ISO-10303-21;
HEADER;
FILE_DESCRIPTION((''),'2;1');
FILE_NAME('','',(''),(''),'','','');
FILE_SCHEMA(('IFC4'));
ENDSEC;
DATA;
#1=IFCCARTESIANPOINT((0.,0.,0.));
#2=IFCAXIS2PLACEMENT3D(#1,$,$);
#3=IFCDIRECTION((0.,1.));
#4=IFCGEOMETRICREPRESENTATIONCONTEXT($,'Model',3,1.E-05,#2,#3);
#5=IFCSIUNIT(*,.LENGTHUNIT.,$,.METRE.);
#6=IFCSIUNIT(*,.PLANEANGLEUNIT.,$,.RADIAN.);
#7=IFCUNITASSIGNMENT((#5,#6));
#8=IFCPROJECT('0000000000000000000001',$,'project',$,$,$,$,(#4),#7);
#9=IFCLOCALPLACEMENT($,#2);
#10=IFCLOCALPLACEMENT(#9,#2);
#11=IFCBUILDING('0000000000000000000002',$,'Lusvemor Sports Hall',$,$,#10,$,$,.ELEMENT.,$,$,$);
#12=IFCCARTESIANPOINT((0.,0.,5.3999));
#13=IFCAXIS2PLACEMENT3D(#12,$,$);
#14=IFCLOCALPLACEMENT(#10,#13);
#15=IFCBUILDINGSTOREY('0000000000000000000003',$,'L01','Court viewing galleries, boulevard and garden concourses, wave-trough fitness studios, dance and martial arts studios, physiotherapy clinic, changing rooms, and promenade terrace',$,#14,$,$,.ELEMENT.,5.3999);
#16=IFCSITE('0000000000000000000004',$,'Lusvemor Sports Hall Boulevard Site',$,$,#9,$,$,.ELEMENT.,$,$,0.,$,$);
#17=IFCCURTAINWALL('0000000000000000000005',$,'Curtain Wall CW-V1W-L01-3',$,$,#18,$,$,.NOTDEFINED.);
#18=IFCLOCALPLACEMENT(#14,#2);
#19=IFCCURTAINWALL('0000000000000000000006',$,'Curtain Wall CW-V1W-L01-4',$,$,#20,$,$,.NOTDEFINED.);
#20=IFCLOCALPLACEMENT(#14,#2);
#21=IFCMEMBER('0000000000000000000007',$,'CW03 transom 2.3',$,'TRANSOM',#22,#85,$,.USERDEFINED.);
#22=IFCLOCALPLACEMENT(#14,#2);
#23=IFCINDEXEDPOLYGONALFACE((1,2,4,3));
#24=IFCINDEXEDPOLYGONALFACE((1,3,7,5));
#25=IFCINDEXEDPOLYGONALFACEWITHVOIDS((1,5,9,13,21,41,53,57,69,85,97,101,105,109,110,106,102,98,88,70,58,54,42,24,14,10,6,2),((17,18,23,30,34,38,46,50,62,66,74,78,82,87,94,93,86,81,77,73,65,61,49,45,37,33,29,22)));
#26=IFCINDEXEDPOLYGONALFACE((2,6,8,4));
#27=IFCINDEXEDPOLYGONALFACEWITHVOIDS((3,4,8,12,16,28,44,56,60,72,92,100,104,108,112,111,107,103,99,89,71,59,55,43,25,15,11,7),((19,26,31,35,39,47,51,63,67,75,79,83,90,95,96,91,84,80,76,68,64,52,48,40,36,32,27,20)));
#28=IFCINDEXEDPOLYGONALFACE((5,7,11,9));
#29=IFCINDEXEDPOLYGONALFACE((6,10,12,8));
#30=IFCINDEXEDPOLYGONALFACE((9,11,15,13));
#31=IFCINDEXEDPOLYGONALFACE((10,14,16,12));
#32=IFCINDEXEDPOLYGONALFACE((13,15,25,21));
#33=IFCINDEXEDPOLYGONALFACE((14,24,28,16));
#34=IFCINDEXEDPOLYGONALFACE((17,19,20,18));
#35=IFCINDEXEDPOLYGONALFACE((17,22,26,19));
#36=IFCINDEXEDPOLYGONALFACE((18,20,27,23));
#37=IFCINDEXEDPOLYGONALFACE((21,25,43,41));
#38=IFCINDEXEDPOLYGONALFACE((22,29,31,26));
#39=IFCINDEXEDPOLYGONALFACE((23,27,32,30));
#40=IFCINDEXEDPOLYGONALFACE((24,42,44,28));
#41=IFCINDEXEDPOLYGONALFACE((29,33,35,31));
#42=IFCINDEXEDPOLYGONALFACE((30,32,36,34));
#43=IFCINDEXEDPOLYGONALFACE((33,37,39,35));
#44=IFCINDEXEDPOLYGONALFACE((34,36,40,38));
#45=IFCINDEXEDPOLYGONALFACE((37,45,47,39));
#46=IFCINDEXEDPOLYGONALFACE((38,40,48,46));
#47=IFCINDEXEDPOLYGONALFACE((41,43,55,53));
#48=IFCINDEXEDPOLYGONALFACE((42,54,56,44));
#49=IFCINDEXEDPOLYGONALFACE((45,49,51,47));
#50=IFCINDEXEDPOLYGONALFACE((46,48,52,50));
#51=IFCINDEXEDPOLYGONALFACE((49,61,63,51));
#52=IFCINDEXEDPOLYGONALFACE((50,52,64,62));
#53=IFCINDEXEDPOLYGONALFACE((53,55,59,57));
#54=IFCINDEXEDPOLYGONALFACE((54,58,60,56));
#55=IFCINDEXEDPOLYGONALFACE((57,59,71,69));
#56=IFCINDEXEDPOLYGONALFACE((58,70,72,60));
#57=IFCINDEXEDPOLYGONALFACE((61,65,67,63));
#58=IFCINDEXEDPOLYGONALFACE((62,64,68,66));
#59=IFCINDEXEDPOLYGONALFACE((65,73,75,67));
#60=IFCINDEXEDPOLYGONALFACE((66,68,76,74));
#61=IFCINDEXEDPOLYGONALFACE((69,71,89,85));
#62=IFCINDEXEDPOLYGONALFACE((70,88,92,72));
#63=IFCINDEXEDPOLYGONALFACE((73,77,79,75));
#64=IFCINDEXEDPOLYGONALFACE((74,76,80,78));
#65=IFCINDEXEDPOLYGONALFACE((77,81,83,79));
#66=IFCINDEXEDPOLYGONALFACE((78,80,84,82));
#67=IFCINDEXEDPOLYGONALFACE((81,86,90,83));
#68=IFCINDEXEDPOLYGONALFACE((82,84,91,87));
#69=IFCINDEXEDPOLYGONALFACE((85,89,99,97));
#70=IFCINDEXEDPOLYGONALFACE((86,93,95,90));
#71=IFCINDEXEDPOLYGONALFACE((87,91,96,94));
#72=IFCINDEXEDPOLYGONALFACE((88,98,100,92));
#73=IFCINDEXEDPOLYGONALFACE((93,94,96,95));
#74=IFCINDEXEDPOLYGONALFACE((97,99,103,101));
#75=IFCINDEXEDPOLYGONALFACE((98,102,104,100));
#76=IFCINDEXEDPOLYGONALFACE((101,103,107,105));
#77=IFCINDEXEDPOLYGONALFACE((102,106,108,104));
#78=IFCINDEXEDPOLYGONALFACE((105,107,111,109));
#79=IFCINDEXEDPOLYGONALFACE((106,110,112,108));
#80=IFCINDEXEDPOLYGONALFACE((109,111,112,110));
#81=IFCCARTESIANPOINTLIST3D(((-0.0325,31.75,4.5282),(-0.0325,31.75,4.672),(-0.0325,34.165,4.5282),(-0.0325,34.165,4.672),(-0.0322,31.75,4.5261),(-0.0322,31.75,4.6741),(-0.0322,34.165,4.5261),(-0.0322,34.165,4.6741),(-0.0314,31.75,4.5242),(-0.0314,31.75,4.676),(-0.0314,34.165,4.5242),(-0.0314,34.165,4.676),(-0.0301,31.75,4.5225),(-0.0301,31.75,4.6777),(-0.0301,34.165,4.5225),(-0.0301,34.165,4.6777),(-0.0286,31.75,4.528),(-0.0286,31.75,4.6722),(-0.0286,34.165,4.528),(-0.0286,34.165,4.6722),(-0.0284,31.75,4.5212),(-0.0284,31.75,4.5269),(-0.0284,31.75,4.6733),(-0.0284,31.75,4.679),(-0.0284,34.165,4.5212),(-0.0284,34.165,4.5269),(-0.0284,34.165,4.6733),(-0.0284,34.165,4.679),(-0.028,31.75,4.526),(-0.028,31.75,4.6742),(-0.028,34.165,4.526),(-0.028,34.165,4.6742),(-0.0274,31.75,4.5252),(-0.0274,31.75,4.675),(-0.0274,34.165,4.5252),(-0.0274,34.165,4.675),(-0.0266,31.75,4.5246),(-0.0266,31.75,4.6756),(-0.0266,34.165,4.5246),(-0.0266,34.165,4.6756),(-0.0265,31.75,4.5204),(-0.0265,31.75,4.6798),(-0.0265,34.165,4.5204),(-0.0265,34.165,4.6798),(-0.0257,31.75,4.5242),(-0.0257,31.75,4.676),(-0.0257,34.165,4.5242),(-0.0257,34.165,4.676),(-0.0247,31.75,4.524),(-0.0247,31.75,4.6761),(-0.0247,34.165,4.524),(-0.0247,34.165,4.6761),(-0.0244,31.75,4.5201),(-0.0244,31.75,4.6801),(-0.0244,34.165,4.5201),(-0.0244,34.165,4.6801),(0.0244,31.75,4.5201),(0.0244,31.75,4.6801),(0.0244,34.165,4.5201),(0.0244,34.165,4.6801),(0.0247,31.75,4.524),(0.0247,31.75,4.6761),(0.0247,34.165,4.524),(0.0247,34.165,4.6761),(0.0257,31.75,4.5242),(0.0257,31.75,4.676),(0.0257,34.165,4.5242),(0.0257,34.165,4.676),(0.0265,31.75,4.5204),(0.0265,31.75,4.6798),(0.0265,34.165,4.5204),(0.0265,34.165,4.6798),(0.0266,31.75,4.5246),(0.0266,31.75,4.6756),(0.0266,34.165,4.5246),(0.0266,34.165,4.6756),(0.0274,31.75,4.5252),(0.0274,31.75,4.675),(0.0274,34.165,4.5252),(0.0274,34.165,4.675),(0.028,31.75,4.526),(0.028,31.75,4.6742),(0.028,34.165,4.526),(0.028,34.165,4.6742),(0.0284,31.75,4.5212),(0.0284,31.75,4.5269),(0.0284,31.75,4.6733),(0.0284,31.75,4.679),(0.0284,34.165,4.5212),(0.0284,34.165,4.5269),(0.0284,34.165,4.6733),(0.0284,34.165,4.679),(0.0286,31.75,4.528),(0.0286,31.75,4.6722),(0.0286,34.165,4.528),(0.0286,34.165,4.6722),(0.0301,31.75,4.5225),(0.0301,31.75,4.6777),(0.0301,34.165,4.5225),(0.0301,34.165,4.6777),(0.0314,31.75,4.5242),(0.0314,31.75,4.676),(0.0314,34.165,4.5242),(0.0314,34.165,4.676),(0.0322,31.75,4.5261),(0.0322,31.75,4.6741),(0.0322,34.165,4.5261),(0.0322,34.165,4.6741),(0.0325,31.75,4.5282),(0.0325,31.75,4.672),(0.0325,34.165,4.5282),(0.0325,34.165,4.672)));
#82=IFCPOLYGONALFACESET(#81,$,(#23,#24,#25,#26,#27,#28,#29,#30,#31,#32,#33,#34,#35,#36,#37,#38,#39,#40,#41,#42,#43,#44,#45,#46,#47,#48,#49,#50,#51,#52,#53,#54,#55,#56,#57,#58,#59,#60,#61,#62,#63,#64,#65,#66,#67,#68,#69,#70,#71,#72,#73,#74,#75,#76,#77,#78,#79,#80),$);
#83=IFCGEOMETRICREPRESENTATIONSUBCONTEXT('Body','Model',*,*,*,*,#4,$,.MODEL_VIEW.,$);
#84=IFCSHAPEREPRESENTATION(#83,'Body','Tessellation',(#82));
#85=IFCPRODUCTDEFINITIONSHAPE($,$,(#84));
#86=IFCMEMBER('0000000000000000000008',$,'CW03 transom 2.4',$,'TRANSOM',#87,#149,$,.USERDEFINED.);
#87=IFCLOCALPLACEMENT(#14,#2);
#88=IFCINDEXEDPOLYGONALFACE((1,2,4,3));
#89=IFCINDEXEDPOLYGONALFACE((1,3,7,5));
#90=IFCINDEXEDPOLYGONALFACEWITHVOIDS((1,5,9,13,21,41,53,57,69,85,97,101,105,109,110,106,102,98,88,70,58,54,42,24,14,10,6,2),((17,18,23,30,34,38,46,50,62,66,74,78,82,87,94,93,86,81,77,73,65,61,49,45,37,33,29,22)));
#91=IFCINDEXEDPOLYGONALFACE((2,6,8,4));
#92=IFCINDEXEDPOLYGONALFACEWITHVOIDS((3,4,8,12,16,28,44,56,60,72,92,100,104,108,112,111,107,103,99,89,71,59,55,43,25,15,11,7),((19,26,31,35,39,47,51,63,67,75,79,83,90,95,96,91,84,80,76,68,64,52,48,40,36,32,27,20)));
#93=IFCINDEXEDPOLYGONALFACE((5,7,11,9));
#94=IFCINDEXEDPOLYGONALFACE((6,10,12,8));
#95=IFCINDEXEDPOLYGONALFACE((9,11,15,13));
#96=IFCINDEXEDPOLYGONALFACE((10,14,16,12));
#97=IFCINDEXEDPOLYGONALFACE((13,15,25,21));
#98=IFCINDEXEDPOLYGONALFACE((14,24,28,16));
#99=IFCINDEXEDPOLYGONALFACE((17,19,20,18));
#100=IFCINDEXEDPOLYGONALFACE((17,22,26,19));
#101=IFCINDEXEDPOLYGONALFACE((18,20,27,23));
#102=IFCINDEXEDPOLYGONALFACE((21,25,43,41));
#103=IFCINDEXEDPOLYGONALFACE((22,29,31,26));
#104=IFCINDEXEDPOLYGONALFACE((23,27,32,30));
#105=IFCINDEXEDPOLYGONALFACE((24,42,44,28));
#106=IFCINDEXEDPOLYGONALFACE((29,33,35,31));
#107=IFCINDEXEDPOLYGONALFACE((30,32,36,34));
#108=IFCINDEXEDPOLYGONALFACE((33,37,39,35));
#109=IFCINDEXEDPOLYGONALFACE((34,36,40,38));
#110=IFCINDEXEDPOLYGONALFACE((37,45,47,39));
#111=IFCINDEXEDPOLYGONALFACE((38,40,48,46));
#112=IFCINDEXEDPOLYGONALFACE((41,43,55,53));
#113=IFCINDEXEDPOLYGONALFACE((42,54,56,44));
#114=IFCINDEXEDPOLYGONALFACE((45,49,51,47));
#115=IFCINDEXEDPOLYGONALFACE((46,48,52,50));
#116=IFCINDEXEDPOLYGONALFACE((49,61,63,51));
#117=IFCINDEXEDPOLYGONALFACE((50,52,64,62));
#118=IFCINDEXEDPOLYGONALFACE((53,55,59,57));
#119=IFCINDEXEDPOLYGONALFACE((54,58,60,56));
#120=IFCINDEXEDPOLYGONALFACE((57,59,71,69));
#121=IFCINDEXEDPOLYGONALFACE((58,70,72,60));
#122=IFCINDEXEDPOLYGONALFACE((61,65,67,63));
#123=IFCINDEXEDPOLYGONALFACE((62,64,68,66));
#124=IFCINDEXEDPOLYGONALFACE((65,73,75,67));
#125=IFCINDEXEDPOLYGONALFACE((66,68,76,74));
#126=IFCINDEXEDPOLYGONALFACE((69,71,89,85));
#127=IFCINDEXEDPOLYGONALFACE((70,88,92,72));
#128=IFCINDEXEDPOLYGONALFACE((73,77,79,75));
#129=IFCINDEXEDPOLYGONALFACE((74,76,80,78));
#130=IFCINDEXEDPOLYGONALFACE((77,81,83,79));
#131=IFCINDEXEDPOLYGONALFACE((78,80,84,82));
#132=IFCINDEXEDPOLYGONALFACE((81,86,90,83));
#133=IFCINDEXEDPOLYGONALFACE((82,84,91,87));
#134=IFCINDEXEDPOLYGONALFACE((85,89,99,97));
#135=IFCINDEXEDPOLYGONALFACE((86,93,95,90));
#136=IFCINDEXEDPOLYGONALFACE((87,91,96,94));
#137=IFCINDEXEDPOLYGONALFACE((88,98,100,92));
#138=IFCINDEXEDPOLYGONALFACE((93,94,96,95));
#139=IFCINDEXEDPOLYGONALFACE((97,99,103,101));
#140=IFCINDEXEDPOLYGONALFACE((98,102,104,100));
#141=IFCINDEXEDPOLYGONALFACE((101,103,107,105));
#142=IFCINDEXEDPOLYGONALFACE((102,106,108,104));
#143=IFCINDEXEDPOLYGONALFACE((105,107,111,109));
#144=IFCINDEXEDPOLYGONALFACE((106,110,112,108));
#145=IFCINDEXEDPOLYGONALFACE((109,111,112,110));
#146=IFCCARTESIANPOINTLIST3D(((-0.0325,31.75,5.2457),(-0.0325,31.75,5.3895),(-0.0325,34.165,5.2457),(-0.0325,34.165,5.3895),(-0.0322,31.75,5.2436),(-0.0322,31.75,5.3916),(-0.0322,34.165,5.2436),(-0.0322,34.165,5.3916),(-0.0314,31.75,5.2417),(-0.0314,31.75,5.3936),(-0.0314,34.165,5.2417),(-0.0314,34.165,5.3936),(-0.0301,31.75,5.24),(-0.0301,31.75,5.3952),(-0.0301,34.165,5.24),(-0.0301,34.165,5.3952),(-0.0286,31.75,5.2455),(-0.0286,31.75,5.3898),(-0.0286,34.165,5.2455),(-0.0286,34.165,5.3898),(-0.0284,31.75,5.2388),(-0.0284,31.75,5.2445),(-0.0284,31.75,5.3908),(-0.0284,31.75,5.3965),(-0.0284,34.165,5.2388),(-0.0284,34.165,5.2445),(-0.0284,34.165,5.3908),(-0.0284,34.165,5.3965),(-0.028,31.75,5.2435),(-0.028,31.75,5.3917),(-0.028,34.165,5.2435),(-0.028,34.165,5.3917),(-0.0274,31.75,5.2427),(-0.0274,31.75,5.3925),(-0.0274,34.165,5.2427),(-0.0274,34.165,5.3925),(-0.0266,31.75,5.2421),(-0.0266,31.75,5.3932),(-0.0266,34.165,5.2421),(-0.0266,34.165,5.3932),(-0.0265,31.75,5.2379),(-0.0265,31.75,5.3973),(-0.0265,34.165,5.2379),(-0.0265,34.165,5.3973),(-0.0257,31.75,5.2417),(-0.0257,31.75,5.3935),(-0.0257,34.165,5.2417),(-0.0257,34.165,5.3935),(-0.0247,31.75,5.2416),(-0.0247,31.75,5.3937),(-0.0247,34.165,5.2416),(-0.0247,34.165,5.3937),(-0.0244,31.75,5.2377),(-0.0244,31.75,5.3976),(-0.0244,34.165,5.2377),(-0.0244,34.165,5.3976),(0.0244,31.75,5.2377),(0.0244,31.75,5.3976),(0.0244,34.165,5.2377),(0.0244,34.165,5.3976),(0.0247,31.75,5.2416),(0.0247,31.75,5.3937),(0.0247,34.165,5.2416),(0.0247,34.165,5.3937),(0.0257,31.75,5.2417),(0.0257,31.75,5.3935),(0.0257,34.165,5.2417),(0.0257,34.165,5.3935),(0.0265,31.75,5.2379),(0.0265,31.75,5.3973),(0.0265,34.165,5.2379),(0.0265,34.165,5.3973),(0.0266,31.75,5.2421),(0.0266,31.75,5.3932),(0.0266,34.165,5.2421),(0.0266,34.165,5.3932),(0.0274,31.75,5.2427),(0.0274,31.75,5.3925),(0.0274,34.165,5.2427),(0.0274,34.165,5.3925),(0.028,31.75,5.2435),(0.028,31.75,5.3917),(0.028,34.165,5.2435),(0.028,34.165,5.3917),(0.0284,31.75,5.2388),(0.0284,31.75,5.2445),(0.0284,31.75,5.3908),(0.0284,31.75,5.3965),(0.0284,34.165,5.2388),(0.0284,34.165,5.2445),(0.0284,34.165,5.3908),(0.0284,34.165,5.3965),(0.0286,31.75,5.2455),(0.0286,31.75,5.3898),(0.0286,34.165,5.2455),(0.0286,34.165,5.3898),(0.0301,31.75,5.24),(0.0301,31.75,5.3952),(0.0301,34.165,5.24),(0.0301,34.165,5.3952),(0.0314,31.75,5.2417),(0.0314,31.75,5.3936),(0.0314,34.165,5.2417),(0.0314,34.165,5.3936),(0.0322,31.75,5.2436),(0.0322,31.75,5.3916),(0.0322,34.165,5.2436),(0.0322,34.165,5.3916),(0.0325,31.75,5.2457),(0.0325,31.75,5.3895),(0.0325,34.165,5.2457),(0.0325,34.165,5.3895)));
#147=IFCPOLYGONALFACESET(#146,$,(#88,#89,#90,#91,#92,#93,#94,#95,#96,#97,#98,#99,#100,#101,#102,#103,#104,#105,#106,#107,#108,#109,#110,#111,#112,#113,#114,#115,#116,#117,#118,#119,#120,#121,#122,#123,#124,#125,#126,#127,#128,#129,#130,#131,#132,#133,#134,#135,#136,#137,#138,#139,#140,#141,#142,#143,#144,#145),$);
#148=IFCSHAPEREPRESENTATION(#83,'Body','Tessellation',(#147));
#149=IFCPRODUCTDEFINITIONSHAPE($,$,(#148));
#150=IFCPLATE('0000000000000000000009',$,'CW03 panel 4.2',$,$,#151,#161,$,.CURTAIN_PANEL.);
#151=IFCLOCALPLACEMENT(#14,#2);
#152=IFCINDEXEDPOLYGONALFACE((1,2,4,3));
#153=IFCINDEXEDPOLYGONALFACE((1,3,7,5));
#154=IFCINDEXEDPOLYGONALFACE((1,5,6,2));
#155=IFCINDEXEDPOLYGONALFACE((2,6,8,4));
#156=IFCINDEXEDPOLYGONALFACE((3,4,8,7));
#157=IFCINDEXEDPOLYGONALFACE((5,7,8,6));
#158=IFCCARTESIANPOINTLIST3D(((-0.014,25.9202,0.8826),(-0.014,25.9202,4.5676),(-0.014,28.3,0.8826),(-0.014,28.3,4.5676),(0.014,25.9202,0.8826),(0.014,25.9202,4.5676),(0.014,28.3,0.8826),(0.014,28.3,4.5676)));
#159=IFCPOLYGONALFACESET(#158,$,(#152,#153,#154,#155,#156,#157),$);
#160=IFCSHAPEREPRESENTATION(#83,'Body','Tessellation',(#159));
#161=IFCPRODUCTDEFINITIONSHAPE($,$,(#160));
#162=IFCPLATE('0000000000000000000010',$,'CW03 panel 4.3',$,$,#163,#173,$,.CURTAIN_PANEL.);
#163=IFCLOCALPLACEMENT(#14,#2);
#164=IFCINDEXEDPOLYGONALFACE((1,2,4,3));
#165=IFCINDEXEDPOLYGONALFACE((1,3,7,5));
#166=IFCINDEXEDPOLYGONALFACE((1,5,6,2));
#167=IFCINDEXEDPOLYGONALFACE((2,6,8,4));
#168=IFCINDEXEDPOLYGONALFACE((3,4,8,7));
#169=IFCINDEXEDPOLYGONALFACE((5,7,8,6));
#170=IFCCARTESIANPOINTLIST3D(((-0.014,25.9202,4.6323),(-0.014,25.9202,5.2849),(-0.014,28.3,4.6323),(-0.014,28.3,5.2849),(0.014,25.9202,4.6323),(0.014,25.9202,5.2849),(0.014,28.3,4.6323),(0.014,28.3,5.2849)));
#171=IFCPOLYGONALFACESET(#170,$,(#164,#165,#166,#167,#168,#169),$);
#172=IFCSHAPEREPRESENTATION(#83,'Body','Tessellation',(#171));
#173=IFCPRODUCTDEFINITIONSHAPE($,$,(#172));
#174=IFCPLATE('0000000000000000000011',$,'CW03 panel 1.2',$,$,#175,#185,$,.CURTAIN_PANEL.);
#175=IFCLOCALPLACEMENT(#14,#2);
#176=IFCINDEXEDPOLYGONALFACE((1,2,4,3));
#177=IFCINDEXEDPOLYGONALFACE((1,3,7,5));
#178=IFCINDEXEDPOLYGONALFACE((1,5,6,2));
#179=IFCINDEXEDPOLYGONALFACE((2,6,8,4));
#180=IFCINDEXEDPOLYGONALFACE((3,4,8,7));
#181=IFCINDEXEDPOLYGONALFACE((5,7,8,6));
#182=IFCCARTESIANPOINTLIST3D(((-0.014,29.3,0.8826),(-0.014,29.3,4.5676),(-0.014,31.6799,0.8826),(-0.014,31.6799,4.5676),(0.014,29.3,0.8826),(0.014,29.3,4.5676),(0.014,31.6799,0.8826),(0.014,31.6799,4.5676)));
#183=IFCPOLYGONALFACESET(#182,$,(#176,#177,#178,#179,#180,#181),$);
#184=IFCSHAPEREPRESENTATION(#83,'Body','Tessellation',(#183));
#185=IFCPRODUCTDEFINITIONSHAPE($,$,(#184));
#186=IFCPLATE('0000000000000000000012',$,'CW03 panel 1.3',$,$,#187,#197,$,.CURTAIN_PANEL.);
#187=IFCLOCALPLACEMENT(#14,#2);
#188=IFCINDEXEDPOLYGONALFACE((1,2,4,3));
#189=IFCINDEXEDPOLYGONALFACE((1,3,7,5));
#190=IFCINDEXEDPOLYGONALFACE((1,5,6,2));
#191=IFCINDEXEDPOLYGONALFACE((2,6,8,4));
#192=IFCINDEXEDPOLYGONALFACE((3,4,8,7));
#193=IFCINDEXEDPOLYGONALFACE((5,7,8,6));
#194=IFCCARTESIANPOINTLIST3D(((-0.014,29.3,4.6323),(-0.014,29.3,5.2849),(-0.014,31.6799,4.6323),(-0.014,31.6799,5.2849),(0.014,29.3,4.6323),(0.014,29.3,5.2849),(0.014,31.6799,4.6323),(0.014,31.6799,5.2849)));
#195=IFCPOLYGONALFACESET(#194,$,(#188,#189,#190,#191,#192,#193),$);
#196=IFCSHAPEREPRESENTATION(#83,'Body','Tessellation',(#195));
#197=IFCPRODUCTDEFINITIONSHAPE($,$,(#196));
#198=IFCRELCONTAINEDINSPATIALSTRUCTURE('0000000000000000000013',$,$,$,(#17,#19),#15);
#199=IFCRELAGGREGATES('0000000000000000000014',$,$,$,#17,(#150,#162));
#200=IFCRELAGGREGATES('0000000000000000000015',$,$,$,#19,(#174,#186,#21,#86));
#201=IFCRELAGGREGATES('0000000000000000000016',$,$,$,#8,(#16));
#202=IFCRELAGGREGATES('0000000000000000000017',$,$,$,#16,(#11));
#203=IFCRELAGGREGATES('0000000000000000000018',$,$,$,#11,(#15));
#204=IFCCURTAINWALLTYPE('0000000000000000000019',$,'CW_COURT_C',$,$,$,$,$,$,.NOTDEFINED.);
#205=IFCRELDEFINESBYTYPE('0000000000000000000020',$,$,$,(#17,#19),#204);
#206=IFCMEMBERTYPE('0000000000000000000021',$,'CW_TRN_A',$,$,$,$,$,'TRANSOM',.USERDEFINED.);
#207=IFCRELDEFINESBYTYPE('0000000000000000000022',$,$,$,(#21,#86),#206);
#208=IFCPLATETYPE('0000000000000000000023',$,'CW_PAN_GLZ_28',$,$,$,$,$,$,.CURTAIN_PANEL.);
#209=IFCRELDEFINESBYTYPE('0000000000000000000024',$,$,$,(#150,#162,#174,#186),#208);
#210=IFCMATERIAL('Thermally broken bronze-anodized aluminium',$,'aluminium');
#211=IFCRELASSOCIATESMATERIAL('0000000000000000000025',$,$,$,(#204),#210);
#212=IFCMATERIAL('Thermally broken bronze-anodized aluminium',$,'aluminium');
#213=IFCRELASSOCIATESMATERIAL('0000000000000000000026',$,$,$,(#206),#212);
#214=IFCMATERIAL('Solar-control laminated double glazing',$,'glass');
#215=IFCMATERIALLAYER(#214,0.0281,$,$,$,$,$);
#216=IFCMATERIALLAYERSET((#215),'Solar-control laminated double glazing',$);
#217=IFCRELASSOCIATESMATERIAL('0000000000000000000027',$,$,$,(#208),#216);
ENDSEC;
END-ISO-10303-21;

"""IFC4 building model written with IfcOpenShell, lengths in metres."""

from ifc_helpers import new_model, si_unit, direction, frame, origin, origin_2d, place, context, subcontext, project, spatial, rectangle, hollow_rectangle, extrude, material, layer, layer_set, material_profile, profile_set, type_object, element, aggregate, save


model = new_model("IFC4")

# Units and contexts
model_context = context("Model", 3, precision=1e-05, world=origin(), true_north=direction((0.0, 1.0)))
body_context = subcontext(model_context, "Body", "Model", "MODEL_VIEW")
ifc_project = project(units=[si_unit("LENGTHUNIT", "METRE"), si_unit("PLANEANGLEUNIT", "RADIAN")], contexts=[model_context])

# Site, building, storey
site_placement = place(None, origin())
site = spatial("IfcSite", under=ifc_project, at=site_placement, Name="Lusvemor Sports Hall Boulevard Site", CompositionType="ELEMENT", RefElevation=0.0)
building_placement = place(site_placement, origin())
building = spatial("IfcBuilding", under=site, at=building_placement, Name="Lusvemor Sports Hall", CompositionType="ELEMENT")
storey_placement = place(building_placement, frame((0.0, 0.0, 5.3999)))
storey = spatial("IfcBuildingStorey", under=building, at=storey_placement, Name="L01", Description="Court viewing galleries, boulevard and garden concourses, wave-trough fitness studios, dance and martial arts studios, physiotherapy clinic, changing rooms, and promenade terrace", CompositionType="ELEMENT", Elevation=5.3999)

# Curtain walls
ifc_material_1 = material(Name="Thermally broken bronze-anodized aluminium", Category="aluminium")
curtain_wall_type = type_object("IfcCurtainWallType", Name="CW_COURT_C", PredefinedType="NOTDEFINED", material=ifc_material_1)
curtain_wall_1_placement = place(storey_placement, origin())
curtain_wall_1 = element("IfcCurtainWall", 1, at=curtain_wall_1_placement, inside=storey, type_object=curtain_wall_type, Name="Curtain Wall CW-V1W-L01-3", PredefinedType="NOTDEFINED")
curtain_wall_2_placement = place(storey_placement, origin())
curtain_wall_2 = element("IfcCurtainWall", 2, at=curtain_wall_2_placement, inside=storey, type_object=curtain_wall_type, Name="Curtain Wall CW-V1W-L01-4", PredefinedType="NOTDEFINED")

# Members
ifc_material_2 = material(Name="Thermally broken bronze-anodized aluminium", Category="aluminium")
ifc_material_profile_1 = material_profile(ifc_material_2, hollow_rectangle(XDim=0.0649, YDim=0.1599, WallThickness=0.0039, InnerFilletRadius=0.0039, OuterFilletRadius=0.0081, at=origin_2d()), Name="CWTRN160x65x4")
ifc_profile_set_1 = profile_set([ifc_material_profile_1], Name="Thermally broken bronze-anodized aluminium")
member_type_1 = type_object("IfcMemberType", Name="CW_TRN_A", ElementType="TRANSOM", PredefinedType="USERDEFINED", material=ifc_profile_set_1)
member_1_placement = place(storey_placement, frame((0.0, 31.75, 4.6001), z_axis=(0.0, 1.0, 0.0), x_axis=(-1.0, 0.0, 0.0)))
member_1 = element("IfcMember", 3, at=member_1_placement, type_object=member_type_1, Name="CW03 transom 2.3", ObjectType="TRANSOM", PredefinedType="USERDEFINED", context=body_context, shape_type="SweptSolid", body=[
    extrude(hollow_rectangle(XDim=0.0649, YDim=0.1599, WallThickness=0.0039, InnerFilletRadius=0.0039, OuterFilletRadius=0.0081, at=origin_2d()), origin(), (0.0, 0.0, 1.0), 2.415),
])
member_2_placement = place(storey_placement, frame((0.0, 31.75, 5.3176), z_axis=(0.0, 1.0, 0.0), x_axis=(-1.0, 0.0, 0.0)))
member_2 = element("IfcMember", 4, at=member_2_placement, type_object=member_type_1, Name="CW03 transom 2.4", ObjectType="TRANSOM", PredefinedType="USERDEFINED", context=body_context, shape_type="SweptSolid", body=[
    extrude(hollow_rectangle(XDim=0.0649, YDim=0.1599, WallThickness=0.0039, InnerFilletRadius=0.0039, OuterFilletRadius=0.0081, at=origin_2d()), origin(), (0.0, 0.0, 1.0), 2.415),
])

# Plates
ifc_material_3 = material(Name="Solar-control laminated double glazing", Category="glass")
ifc_layer_1 = layer(ifc_material_3, 0.0281)
ifc_layer_set_1 = layer_set([ifc_layer_1], Name="Solar-control laminated double glazing")
plate_type_1 = type_object("IfcPlateType", Name="CW_PAN_GLZ_28", PredefinedType="CURTAIN_PANEL", material=ifc_layer_set_1)
plate_1_placement = place(storey_placement, frame((0.0, 27.1101, 0.8826), z_axis=(0.0, 0.0, 1.0), x_axis=(0.0, 1.0, 0.0)))
plate_1 = element("IfcPlate", 5, at=plate_1_placement, type_object=plate_type_1, Name="CW03 panel 4.2", PredefinedType="CURTAIN_PANEL", context=body_context, shape_type="SweptSolid", body=[
    extrude(rectangle(XDim=2.3799, YDim=0.0281, at=origin_2d()), origin(), (0.0, 0.0, 1.0), 3.6851),
])
plate_2_placement = place(storey_placement, frame((0.0, 27.1101, 4.6323), z_axis=(0.0, 0.0, 1.0), x_axis=(0.0, 1.0, 0.0)))
plate_2 = element("IfcPlate", 6, at=plate_2_placement, type_object=plate_type_1, Name="CW03 panel 4.3", PredefinedType="CURTAIN_PANEL", context=body_context, shape_type="SweptSolid", body=[
    extrude(rectangle(XDim=2.3799, YDim=0.0281, at=origin_2d()), origin(), (0.0, 0.0, 1.0), 0.6526),
])
plate_3_placement = place(storey_placement, frame((0.0, 30.49, 0.8826), z_axis=(0.0, 0.0, 1.0), x_axis=(0.0, 1.0, 0.0)))
plate_3 = element("IfcPlate", 7, at=plate_3_placement, type_object=plate_type_1, Name="CW03 panel 1.2", PredefinedType="CURTAIN_PANEL", context=body_context, shape_type="SweptSolid", body=[
    extrude(rectangle(XDim=2.3799, YDim=0.0281, at=origin_2d()), origin(), (0.0, 0.0, 1.0), 3.6851),
])
plate_4_placement = place(storey_placement, frame((0.0, 30.49, 4.6323), z_axis=(0.0, 0.0, 1.0), x_axis=(0.0, 1.0, 0.0)))
plate_4 = element("IfcPlate", 8, at=plate_4_placement, type_object=plate_type_1, Name="CW03 panel 1.3", PredefinedType="CURTAIN_PANEL", context=body_context, shape_type="SweptSolid", body=[
    extrude(rectangle(XDim=2.3799, YDim=0.0281, at=origin_2d()), origin(), (0.0, 0.0, 1.0), 0.6526),
])
aggregate(curtain_wall_1, [plate_1, plate_2])
aggregate(curtain_wall_2, [plate_3, plate_4, member_1, member_2])

save(model, "model.ifc")
